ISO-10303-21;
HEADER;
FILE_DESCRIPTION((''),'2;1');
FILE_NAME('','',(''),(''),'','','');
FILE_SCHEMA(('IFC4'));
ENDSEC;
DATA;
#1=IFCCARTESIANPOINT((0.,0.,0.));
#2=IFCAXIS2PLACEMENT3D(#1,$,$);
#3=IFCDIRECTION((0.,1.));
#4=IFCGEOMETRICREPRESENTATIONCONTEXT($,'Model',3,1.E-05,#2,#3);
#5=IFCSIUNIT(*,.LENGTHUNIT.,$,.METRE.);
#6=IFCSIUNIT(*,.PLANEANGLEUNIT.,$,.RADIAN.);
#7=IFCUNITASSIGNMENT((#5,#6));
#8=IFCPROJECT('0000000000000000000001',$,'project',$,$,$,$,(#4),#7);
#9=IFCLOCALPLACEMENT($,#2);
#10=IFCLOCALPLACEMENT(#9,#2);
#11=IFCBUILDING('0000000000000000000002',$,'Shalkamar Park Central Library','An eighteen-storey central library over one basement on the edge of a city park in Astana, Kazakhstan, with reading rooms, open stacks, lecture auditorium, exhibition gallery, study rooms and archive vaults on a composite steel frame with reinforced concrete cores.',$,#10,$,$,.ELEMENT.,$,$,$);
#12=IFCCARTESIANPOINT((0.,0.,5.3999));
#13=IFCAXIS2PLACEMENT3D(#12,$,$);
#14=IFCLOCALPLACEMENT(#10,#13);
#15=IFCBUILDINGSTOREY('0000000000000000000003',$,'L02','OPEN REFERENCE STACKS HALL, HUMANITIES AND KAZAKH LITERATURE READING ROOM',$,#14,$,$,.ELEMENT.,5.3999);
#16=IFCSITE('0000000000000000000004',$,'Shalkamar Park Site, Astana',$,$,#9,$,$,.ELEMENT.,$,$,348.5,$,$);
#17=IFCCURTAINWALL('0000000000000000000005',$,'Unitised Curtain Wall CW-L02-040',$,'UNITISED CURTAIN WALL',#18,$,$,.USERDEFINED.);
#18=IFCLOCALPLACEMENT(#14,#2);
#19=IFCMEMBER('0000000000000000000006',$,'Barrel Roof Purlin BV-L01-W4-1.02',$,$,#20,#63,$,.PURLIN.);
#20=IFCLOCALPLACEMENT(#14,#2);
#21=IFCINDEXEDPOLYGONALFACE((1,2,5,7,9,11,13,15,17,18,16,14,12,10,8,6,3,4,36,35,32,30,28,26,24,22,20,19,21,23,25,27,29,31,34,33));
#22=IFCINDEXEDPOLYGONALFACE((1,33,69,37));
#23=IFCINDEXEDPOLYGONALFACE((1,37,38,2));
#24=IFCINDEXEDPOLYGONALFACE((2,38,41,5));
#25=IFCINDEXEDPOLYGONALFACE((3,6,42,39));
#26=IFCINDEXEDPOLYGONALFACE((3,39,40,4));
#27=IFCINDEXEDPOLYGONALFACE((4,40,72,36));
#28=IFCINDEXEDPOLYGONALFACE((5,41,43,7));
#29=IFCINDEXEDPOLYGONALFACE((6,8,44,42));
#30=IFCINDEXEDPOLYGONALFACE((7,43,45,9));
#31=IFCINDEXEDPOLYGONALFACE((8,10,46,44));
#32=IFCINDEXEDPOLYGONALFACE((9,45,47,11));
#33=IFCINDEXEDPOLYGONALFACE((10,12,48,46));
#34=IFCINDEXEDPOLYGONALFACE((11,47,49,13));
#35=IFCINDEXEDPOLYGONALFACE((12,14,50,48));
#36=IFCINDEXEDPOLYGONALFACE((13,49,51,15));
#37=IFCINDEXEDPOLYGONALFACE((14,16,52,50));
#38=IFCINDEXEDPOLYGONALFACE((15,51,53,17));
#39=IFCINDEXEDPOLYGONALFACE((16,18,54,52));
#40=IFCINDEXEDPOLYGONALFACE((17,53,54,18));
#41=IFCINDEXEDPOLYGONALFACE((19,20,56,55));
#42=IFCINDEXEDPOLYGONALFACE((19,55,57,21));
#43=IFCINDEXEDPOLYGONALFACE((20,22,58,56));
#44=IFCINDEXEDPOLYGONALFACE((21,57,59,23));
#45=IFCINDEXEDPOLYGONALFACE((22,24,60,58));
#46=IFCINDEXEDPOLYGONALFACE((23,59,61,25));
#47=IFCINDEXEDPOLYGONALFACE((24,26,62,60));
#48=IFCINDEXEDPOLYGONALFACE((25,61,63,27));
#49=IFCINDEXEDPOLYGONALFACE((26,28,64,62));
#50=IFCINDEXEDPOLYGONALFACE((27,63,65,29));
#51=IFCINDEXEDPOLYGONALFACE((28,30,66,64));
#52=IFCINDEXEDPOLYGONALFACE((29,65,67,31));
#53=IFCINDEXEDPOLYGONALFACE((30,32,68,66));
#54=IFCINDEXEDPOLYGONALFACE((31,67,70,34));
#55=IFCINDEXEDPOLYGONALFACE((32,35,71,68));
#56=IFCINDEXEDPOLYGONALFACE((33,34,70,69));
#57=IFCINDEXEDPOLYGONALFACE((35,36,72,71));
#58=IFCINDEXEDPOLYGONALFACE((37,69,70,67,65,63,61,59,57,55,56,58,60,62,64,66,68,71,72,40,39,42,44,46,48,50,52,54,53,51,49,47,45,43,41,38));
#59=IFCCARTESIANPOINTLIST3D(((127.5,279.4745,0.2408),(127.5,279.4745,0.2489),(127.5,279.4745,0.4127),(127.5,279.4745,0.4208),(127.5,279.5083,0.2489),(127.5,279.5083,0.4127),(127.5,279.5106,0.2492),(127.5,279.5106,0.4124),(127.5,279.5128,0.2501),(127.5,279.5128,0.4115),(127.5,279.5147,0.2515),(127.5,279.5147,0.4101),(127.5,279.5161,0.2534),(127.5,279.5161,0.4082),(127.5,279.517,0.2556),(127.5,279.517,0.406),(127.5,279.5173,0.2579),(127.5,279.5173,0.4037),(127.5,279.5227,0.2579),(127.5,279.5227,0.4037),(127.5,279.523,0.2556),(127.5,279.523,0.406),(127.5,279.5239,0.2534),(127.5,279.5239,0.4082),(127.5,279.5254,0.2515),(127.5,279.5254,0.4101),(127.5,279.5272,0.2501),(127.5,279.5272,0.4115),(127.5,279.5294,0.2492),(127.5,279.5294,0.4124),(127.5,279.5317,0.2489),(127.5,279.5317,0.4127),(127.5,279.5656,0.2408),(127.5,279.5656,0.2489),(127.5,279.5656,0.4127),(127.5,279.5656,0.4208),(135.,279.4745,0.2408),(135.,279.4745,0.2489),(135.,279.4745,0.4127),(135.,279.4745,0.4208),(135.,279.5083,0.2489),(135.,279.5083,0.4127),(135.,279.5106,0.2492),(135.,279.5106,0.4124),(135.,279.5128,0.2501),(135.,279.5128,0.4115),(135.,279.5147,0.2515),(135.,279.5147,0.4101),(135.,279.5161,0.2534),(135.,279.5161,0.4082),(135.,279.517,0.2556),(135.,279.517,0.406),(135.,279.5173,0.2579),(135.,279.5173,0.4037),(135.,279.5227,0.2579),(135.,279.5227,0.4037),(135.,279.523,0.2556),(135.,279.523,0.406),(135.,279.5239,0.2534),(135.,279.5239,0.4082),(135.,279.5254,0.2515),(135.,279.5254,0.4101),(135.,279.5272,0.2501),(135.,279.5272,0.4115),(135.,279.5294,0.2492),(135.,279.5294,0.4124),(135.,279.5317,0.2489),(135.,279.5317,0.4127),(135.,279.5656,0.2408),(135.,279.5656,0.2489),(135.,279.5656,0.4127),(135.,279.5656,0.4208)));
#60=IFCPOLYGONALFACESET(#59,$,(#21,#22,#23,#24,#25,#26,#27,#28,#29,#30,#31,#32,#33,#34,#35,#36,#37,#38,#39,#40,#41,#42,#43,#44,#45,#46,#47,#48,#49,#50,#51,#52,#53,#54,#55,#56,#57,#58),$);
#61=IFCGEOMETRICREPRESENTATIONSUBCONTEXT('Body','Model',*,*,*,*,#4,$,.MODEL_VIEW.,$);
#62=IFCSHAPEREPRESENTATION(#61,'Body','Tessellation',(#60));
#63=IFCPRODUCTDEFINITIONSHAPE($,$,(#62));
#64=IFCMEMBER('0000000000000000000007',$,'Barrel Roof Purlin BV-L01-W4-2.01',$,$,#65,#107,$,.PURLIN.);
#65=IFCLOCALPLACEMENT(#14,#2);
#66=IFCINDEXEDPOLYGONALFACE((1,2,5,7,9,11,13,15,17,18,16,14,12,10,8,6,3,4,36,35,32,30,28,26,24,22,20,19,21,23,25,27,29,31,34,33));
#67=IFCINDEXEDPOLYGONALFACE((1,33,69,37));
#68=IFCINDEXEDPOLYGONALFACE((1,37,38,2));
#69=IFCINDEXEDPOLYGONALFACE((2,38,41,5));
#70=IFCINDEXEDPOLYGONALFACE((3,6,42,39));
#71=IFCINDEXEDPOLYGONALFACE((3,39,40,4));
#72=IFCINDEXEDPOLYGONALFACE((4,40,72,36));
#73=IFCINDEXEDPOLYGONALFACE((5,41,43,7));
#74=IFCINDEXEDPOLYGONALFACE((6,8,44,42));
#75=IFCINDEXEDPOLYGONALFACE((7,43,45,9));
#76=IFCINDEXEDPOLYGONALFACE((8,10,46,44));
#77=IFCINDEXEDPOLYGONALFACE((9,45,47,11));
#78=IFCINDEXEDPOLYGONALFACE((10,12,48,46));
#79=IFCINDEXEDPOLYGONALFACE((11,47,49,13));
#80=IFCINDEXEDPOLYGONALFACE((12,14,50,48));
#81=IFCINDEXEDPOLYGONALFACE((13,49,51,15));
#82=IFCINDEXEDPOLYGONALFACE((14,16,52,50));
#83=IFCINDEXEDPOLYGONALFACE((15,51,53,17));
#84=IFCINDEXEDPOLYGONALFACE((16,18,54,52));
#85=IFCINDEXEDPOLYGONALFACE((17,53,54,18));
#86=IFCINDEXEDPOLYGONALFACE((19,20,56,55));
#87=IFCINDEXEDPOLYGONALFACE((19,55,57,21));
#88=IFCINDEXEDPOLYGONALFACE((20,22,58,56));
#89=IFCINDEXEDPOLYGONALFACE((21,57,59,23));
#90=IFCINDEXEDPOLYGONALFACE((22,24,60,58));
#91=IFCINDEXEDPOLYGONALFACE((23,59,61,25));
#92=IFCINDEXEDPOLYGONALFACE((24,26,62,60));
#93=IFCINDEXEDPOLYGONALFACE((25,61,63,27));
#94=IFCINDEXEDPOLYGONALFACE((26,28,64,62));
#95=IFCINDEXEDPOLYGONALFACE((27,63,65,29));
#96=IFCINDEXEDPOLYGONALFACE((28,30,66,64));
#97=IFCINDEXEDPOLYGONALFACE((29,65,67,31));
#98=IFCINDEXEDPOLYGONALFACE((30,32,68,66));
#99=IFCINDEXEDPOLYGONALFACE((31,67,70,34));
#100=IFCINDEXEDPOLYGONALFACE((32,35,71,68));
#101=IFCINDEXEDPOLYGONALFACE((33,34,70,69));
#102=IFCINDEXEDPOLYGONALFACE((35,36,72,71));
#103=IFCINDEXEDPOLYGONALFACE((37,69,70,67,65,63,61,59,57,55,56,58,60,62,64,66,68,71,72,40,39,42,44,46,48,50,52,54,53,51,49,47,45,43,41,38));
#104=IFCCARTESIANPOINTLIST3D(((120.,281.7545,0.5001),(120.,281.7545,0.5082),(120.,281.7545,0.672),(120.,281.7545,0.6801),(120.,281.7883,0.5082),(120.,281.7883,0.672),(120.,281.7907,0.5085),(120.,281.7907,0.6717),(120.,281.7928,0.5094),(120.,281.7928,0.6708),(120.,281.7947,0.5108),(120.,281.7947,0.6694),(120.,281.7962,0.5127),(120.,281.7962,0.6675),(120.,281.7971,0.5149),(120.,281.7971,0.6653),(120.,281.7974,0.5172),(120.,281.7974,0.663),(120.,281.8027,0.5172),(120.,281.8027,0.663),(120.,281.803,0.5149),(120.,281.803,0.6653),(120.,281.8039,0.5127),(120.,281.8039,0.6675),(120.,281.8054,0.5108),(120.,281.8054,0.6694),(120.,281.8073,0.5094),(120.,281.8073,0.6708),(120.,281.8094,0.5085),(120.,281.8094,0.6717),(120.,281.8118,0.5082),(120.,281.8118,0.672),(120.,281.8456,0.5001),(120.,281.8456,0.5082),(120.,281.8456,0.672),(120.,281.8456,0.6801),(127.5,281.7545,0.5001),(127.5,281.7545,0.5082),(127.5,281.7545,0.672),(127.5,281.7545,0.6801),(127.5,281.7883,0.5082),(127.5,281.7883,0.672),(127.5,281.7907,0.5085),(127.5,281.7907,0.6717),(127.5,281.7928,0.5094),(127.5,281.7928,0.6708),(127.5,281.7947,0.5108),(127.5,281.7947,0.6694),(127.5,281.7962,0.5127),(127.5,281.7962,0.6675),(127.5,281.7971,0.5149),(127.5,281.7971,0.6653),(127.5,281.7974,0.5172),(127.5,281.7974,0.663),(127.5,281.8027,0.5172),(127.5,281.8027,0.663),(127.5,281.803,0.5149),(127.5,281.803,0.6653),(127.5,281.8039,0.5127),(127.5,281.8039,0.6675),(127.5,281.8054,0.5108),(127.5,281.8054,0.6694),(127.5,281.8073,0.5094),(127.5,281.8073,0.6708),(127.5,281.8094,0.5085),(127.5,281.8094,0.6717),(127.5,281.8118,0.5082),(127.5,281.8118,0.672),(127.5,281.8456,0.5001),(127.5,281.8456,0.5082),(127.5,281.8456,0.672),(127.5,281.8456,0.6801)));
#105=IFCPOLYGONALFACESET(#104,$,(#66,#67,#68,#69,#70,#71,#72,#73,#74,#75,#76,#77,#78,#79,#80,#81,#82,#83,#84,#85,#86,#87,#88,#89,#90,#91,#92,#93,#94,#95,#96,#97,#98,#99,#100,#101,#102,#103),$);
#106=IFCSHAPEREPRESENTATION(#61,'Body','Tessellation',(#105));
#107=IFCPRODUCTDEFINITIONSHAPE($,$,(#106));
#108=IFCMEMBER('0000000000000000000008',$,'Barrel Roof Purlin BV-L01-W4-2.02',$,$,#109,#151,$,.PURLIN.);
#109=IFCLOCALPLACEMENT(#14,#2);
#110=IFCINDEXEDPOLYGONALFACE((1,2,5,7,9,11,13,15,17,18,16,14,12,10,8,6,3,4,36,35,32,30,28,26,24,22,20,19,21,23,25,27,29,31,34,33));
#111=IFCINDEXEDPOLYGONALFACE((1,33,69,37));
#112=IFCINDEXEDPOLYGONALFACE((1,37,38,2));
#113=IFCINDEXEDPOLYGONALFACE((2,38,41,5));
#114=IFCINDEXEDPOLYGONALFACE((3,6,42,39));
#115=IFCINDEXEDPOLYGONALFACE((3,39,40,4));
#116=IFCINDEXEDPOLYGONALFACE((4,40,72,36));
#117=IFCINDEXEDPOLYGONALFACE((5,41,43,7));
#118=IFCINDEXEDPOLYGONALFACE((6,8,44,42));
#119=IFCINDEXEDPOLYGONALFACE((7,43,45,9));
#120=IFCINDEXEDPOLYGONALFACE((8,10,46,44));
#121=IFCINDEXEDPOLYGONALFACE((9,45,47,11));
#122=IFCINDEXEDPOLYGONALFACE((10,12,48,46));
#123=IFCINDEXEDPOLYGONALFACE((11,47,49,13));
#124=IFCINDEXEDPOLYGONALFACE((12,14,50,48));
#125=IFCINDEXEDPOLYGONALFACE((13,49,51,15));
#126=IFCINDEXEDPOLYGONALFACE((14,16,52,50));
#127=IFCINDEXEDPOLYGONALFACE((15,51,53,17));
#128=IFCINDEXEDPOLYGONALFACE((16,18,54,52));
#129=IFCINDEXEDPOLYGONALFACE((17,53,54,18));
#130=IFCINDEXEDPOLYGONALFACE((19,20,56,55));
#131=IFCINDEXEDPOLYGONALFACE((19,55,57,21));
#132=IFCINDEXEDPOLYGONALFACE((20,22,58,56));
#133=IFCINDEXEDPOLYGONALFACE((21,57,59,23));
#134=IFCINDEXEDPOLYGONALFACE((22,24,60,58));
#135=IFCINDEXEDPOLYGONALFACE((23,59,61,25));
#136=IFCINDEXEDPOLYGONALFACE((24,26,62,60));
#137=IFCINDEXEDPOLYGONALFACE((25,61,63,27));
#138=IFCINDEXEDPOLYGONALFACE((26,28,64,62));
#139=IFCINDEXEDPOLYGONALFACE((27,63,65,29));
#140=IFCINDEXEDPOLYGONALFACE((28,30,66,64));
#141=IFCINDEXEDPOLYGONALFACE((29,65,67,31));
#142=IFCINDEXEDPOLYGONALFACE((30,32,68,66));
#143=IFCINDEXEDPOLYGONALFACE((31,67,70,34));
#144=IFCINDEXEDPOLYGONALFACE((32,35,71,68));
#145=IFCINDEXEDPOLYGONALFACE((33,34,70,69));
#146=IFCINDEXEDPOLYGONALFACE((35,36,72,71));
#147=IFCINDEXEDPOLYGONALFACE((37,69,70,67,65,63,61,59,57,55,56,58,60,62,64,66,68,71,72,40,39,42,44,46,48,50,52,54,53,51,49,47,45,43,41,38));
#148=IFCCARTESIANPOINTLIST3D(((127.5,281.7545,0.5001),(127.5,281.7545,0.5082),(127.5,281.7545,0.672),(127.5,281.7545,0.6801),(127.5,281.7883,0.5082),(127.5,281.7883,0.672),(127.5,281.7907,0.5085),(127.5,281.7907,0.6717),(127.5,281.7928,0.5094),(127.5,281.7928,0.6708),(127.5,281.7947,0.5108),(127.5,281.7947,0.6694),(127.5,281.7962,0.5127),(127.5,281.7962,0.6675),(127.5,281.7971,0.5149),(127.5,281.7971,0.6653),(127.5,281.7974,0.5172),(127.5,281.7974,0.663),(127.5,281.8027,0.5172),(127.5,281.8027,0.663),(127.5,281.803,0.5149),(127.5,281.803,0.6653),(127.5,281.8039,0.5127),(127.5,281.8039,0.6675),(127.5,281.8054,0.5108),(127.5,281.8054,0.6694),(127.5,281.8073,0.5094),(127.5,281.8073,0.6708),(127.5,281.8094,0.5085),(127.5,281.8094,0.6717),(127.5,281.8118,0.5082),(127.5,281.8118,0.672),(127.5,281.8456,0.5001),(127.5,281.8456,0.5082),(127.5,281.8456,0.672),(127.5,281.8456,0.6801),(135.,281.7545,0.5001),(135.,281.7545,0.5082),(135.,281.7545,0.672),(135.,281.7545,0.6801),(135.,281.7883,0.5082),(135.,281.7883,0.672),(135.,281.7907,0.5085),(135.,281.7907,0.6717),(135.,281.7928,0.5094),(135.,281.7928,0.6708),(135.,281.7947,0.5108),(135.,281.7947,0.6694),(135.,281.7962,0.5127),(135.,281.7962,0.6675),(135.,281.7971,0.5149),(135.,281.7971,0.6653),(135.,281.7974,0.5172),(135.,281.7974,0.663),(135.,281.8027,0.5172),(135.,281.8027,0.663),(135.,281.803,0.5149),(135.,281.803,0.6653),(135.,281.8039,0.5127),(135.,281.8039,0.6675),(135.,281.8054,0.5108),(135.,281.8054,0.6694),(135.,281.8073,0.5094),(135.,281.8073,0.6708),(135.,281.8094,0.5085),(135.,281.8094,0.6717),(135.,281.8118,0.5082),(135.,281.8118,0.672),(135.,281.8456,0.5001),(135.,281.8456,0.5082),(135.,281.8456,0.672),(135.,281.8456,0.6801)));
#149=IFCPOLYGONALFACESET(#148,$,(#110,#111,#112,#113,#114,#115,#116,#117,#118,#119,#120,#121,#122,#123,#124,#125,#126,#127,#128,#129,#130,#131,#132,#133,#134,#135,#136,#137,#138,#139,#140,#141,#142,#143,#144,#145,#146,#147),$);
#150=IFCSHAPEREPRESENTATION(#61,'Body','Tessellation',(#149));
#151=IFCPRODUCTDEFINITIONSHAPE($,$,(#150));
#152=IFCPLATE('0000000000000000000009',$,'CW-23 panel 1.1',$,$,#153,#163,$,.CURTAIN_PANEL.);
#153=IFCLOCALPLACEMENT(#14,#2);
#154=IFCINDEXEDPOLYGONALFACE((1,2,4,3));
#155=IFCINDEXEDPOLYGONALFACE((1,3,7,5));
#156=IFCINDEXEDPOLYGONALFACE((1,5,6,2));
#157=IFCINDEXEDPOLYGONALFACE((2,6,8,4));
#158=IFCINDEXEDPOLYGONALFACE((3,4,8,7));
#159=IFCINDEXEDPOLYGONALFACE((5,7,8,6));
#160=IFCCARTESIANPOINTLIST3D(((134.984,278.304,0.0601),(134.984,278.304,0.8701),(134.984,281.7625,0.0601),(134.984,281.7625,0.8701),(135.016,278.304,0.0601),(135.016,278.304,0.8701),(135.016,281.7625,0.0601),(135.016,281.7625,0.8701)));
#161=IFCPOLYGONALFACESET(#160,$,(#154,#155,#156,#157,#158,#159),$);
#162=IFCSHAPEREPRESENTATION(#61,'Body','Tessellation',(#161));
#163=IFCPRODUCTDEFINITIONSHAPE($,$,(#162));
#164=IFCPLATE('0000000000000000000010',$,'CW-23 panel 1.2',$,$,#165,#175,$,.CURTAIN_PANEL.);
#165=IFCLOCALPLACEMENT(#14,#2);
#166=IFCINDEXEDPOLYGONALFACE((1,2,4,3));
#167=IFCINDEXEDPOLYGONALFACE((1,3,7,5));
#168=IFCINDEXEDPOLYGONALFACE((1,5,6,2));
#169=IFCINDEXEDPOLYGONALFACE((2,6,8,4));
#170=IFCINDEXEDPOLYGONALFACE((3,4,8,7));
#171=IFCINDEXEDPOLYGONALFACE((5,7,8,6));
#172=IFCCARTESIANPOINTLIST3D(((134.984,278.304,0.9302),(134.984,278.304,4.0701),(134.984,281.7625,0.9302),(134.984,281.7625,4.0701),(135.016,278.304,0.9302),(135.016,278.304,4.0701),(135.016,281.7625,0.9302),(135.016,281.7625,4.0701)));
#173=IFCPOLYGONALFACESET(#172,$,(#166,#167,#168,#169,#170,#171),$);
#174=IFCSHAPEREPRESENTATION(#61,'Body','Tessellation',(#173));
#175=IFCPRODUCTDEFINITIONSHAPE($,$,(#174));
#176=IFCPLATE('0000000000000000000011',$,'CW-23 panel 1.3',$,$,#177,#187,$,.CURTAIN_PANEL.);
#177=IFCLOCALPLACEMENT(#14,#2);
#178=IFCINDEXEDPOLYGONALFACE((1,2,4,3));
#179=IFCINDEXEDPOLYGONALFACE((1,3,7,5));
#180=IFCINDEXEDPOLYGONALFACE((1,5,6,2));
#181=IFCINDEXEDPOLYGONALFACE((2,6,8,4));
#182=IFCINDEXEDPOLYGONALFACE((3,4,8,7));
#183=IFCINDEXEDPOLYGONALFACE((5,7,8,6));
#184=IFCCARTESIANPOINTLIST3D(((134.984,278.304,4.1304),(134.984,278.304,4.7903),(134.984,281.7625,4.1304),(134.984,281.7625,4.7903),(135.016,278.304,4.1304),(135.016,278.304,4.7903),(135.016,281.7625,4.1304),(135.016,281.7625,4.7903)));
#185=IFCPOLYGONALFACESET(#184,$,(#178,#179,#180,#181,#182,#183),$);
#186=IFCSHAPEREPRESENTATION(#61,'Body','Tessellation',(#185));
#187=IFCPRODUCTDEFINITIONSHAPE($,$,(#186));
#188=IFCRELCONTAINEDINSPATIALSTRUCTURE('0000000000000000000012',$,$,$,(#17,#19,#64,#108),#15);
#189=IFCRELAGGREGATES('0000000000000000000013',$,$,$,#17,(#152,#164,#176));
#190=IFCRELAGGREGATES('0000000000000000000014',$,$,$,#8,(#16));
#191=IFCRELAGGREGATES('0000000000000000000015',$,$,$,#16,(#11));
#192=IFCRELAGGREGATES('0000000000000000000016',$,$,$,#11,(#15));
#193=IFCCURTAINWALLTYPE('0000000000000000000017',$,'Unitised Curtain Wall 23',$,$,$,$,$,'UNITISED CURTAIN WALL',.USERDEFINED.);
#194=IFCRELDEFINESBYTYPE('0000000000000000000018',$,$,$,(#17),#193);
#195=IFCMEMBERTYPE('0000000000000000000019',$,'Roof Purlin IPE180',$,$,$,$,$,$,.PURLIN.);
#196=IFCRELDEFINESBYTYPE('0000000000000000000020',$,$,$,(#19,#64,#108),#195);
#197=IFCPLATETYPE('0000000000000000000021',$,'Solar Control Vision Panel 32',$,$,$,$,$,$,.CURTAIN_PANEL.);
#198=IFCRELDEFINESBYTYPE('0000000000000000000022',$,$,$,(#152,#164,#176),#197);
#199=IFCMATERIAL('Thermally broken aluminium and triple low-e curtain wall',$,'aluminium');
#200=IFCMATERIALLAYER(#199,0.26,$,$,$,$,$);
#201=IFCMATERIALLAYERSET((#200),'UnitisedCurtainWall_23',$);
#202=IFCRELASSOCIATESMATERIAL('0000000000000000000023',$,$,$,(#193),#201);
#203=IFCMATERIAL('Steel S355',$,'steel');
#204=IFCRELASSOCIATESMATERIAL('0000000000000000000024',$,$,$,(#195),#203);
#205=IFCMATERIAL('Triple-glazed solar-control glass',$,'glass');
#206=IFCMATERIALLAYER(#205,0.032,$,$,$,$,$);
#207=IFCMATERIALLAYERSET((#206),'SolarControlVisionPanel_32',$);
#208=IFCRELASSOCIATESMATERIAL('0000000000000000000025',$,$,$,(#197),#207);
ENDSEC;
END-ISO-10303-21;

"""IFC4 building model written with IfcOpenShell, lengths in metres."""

from ifc_helpers import new_model, si_unit, direction, frame, origin, origin_2d, place, context, subcontext, project, spatial, rectangle, i_section, extrude, material, layer, layer_set, material_profile, profile_set, type_object, element, aggregate, save


model = new_model("IFC4")

# Units and contexts
model_context = context("Model", 3, precision=1e-05, world=origin(), true_north=direction((0.0, 1.0)))
body_context = subcontext(model_context, "Body", "Model", "MODEL_VIEW")
ifc_project = project(units=[si_unit("LENGTHUNIT", "METRE"), si_unit("PLANEANGLEUNIT", "RADIAN")], contexts=[model_context])

# Site, building, storey
site_placement = place(None, origin())
site = spatial("IfcSite", under=ifc_project, at=site_placement, Name="Shalkamar Park Site, Astana", CompositionType="ELEMENT", RefElevation=348.5)
building_placement = place(site_placement, origin())
building = spatial("IfcBuilding", under=site, at=building_placement, Name="Shalkamar Park Central Library", Description="An eighteen-storey central library over one basement on the edge of a city park in Astana, Kazakhstan, with reading rooms, open stacks, lecture auditorium, exhibition gallery, study rooms and archive vaults on a composite steel frame with reinforced concrete cores.", CompositionType="ELEMENT")
storey_placement = place(building_placement, frame((0.0, 0.0, 5.3999)))
storey = spatial("IfcBuildingStorey", under=building, at=storey_placement, Name="L02", Description="OPEN REFERENCE STACKS HALL, HUMANITIES AND KAZAKH LITERATURE READING ROOM", CompositionType="ELEMENT", Elevation=5.3999)

# Shared definitions
ifc_material_1 = material(Name="Steel S355", Category="steel")

# Curtain wall
ifc_material_2 = material(Name="Thermally broken aluminium and triple low-e curtain wall", Category="aluminium")
ifc_layer_1 = layer(ifc_material_2, 0.26)
ifc_layer_set_1 = layer_set([ifc_layer_1], Name="UnitisedCurtainWall_23")
curtain_wall_type = type_object("IfcCurtainWallType", Name="Unitised Curtain Wall 23", ElementType="UNITISED CURTAIN WALL", PredefinedType="USERDEFINED", material=ifc_layer_set_1)
curtain_wall_placement = place(storey_placement, origin())
curtain_wall = element("IfcCurtainWall", 1, at=curtain_wall_placement, inside=storey, type_object=curtain_wall_type, Name="Unitised Curtain Wall CW-L02-040", ObjectType="UNITISED CURTAIN WALL", PredefinedType="USERDEFINED")

# Members
ifc_material_profile_1 = material_profile(ifc_material_1, i_section(OverallWidth=0.0911, OverallDepth=0.1799, WebThickness=0.0054, FlangeThickness=0.0081, FilletRadius=0.009, at=origin_2d()), Name="IPE 180")
ifc_profile_set_1 = profile_set([ifc_material_profile_1], Name="Steel S355")
member_type_1 = type_object("IfcMemberType", Name="Roof Purlin IPE180", PredefinedType="PURLIN", material=ifc_profile_set_1)
for number, where, z_axis, x_axis, name in (
    (2, (127.5, 279.52, 0.3308), (1.0, 0.0, 0.0), (0.0, 1.0, 0.0), "Barrel Roof Purlin BV-L01-W4-1.02"),
    (3, (120.0, 281.8, 0.5901), (1.0, 0.0, 0.0), (0.0, 1.0, 0.0), "Barrel Roof Purlin BV-L01-W4-2.01"),
    (4, (127.5, 281.8, 0.5901), (1.0, 0.0, 0.0), (0.0, 1.0, 0.0), "Barrel Roof Purlin BV-L01-W4-2.02"),
):
    element("IfcMember", number, at=place(storey_placement, frame(where, z_axis=z_axis, x_axis=x_axis)), inside=storey, type_object=member_type_1, Name=name, PredefinedType="PURLIN", context=body_context, shape_type="SweptSolid", body=[
        extrude(i_section(OverallWidth=0.0911, OverallDepth=0.1799, WebThickness=0.0054, FlangeThickness=0.0081, FilletRadius=0.009, at=origin_2d()), origin(), (0.0, 0.0, 1.0), 7.5),
    ])

# Plates
ifc_material_3 = material(Name="Triple-glazed solar-control glass", Category="glass")
ifc_layer_2 = layer(ifc_material_3, 0.032)
ifc_layer_set_2 = layer_set([ifc_layer_2], Name="SolarControlVisionPanel_32")
plate_type = type_object("IfcPlateType", Name="Solar Control Vision Panel 32", PredefinedType="CURTAIN_PANEL", material=ifc_layer_set_2)
plate_1_placement = place(storey_placement, frame((135.0, 280.0332, 0.0601), z_axis=(0.0, 0.0, 1.0), x_axis=(0.0, 1.0, 0.0)))
plate_1 = element("IfcPlate", 5, at=plate_1_placement, type_object=plate_type, Name="CW-23 panel 1.1", PredefinedType="CURTAIN_PANEL", context=body_context, shape_type="SweptSolid", body=[
    extrude(rectangle(XDim=3.4585, YDim=0.032, at=origin_2d()), origin(), (0.0, 0.0, 1.0), 0.8101),
])
plate_2_placement = place(storey_placement, frame((135.0, 280.0332, 0.9302), z_axis=(0.0, 0.0, 1.0), x_axis=(0.0, 1.0, 0.0)))
plate_2 = element("IfcPlate", 6, at=plate_2_placement, type_object=plate_type, Name="CW-23 panel 1.2", PredefinedType="CURTAIN_PANEL", context=body_context, shape_type="SweptSolid", body=[
    extrude(rectangle(XDim=3.4585, YDim=0.032, at=origin_2d()), origin(), (0.0, 0.0, 1.0), 3.1399),
])
plate_3_placement = place(storey_placement, frame((135.0, 280.0332, 4.1304), z_axis=(0.0, 0.0, 1.0), x_axis=(0.0, 1.0, 0.0)))
plate_3 = element("IfcPlate", 7, at=plate_3_placement, type_object=plate_type, Name="CW-23 panel 1.3", PredefinedType="CURTAIN_PANEL", context=body_context, shape_type="SweptSolid", body=[
    extrude(rectangle(XDim=3.4585, YDim=0.032, at=origin_2d()), origin(), (0.0, 0.0, 1.0), 0.6599),
])
aggregate(curtain_wall, [plate_1, plate_2, plate_3])

save(model, "model.ifc")
